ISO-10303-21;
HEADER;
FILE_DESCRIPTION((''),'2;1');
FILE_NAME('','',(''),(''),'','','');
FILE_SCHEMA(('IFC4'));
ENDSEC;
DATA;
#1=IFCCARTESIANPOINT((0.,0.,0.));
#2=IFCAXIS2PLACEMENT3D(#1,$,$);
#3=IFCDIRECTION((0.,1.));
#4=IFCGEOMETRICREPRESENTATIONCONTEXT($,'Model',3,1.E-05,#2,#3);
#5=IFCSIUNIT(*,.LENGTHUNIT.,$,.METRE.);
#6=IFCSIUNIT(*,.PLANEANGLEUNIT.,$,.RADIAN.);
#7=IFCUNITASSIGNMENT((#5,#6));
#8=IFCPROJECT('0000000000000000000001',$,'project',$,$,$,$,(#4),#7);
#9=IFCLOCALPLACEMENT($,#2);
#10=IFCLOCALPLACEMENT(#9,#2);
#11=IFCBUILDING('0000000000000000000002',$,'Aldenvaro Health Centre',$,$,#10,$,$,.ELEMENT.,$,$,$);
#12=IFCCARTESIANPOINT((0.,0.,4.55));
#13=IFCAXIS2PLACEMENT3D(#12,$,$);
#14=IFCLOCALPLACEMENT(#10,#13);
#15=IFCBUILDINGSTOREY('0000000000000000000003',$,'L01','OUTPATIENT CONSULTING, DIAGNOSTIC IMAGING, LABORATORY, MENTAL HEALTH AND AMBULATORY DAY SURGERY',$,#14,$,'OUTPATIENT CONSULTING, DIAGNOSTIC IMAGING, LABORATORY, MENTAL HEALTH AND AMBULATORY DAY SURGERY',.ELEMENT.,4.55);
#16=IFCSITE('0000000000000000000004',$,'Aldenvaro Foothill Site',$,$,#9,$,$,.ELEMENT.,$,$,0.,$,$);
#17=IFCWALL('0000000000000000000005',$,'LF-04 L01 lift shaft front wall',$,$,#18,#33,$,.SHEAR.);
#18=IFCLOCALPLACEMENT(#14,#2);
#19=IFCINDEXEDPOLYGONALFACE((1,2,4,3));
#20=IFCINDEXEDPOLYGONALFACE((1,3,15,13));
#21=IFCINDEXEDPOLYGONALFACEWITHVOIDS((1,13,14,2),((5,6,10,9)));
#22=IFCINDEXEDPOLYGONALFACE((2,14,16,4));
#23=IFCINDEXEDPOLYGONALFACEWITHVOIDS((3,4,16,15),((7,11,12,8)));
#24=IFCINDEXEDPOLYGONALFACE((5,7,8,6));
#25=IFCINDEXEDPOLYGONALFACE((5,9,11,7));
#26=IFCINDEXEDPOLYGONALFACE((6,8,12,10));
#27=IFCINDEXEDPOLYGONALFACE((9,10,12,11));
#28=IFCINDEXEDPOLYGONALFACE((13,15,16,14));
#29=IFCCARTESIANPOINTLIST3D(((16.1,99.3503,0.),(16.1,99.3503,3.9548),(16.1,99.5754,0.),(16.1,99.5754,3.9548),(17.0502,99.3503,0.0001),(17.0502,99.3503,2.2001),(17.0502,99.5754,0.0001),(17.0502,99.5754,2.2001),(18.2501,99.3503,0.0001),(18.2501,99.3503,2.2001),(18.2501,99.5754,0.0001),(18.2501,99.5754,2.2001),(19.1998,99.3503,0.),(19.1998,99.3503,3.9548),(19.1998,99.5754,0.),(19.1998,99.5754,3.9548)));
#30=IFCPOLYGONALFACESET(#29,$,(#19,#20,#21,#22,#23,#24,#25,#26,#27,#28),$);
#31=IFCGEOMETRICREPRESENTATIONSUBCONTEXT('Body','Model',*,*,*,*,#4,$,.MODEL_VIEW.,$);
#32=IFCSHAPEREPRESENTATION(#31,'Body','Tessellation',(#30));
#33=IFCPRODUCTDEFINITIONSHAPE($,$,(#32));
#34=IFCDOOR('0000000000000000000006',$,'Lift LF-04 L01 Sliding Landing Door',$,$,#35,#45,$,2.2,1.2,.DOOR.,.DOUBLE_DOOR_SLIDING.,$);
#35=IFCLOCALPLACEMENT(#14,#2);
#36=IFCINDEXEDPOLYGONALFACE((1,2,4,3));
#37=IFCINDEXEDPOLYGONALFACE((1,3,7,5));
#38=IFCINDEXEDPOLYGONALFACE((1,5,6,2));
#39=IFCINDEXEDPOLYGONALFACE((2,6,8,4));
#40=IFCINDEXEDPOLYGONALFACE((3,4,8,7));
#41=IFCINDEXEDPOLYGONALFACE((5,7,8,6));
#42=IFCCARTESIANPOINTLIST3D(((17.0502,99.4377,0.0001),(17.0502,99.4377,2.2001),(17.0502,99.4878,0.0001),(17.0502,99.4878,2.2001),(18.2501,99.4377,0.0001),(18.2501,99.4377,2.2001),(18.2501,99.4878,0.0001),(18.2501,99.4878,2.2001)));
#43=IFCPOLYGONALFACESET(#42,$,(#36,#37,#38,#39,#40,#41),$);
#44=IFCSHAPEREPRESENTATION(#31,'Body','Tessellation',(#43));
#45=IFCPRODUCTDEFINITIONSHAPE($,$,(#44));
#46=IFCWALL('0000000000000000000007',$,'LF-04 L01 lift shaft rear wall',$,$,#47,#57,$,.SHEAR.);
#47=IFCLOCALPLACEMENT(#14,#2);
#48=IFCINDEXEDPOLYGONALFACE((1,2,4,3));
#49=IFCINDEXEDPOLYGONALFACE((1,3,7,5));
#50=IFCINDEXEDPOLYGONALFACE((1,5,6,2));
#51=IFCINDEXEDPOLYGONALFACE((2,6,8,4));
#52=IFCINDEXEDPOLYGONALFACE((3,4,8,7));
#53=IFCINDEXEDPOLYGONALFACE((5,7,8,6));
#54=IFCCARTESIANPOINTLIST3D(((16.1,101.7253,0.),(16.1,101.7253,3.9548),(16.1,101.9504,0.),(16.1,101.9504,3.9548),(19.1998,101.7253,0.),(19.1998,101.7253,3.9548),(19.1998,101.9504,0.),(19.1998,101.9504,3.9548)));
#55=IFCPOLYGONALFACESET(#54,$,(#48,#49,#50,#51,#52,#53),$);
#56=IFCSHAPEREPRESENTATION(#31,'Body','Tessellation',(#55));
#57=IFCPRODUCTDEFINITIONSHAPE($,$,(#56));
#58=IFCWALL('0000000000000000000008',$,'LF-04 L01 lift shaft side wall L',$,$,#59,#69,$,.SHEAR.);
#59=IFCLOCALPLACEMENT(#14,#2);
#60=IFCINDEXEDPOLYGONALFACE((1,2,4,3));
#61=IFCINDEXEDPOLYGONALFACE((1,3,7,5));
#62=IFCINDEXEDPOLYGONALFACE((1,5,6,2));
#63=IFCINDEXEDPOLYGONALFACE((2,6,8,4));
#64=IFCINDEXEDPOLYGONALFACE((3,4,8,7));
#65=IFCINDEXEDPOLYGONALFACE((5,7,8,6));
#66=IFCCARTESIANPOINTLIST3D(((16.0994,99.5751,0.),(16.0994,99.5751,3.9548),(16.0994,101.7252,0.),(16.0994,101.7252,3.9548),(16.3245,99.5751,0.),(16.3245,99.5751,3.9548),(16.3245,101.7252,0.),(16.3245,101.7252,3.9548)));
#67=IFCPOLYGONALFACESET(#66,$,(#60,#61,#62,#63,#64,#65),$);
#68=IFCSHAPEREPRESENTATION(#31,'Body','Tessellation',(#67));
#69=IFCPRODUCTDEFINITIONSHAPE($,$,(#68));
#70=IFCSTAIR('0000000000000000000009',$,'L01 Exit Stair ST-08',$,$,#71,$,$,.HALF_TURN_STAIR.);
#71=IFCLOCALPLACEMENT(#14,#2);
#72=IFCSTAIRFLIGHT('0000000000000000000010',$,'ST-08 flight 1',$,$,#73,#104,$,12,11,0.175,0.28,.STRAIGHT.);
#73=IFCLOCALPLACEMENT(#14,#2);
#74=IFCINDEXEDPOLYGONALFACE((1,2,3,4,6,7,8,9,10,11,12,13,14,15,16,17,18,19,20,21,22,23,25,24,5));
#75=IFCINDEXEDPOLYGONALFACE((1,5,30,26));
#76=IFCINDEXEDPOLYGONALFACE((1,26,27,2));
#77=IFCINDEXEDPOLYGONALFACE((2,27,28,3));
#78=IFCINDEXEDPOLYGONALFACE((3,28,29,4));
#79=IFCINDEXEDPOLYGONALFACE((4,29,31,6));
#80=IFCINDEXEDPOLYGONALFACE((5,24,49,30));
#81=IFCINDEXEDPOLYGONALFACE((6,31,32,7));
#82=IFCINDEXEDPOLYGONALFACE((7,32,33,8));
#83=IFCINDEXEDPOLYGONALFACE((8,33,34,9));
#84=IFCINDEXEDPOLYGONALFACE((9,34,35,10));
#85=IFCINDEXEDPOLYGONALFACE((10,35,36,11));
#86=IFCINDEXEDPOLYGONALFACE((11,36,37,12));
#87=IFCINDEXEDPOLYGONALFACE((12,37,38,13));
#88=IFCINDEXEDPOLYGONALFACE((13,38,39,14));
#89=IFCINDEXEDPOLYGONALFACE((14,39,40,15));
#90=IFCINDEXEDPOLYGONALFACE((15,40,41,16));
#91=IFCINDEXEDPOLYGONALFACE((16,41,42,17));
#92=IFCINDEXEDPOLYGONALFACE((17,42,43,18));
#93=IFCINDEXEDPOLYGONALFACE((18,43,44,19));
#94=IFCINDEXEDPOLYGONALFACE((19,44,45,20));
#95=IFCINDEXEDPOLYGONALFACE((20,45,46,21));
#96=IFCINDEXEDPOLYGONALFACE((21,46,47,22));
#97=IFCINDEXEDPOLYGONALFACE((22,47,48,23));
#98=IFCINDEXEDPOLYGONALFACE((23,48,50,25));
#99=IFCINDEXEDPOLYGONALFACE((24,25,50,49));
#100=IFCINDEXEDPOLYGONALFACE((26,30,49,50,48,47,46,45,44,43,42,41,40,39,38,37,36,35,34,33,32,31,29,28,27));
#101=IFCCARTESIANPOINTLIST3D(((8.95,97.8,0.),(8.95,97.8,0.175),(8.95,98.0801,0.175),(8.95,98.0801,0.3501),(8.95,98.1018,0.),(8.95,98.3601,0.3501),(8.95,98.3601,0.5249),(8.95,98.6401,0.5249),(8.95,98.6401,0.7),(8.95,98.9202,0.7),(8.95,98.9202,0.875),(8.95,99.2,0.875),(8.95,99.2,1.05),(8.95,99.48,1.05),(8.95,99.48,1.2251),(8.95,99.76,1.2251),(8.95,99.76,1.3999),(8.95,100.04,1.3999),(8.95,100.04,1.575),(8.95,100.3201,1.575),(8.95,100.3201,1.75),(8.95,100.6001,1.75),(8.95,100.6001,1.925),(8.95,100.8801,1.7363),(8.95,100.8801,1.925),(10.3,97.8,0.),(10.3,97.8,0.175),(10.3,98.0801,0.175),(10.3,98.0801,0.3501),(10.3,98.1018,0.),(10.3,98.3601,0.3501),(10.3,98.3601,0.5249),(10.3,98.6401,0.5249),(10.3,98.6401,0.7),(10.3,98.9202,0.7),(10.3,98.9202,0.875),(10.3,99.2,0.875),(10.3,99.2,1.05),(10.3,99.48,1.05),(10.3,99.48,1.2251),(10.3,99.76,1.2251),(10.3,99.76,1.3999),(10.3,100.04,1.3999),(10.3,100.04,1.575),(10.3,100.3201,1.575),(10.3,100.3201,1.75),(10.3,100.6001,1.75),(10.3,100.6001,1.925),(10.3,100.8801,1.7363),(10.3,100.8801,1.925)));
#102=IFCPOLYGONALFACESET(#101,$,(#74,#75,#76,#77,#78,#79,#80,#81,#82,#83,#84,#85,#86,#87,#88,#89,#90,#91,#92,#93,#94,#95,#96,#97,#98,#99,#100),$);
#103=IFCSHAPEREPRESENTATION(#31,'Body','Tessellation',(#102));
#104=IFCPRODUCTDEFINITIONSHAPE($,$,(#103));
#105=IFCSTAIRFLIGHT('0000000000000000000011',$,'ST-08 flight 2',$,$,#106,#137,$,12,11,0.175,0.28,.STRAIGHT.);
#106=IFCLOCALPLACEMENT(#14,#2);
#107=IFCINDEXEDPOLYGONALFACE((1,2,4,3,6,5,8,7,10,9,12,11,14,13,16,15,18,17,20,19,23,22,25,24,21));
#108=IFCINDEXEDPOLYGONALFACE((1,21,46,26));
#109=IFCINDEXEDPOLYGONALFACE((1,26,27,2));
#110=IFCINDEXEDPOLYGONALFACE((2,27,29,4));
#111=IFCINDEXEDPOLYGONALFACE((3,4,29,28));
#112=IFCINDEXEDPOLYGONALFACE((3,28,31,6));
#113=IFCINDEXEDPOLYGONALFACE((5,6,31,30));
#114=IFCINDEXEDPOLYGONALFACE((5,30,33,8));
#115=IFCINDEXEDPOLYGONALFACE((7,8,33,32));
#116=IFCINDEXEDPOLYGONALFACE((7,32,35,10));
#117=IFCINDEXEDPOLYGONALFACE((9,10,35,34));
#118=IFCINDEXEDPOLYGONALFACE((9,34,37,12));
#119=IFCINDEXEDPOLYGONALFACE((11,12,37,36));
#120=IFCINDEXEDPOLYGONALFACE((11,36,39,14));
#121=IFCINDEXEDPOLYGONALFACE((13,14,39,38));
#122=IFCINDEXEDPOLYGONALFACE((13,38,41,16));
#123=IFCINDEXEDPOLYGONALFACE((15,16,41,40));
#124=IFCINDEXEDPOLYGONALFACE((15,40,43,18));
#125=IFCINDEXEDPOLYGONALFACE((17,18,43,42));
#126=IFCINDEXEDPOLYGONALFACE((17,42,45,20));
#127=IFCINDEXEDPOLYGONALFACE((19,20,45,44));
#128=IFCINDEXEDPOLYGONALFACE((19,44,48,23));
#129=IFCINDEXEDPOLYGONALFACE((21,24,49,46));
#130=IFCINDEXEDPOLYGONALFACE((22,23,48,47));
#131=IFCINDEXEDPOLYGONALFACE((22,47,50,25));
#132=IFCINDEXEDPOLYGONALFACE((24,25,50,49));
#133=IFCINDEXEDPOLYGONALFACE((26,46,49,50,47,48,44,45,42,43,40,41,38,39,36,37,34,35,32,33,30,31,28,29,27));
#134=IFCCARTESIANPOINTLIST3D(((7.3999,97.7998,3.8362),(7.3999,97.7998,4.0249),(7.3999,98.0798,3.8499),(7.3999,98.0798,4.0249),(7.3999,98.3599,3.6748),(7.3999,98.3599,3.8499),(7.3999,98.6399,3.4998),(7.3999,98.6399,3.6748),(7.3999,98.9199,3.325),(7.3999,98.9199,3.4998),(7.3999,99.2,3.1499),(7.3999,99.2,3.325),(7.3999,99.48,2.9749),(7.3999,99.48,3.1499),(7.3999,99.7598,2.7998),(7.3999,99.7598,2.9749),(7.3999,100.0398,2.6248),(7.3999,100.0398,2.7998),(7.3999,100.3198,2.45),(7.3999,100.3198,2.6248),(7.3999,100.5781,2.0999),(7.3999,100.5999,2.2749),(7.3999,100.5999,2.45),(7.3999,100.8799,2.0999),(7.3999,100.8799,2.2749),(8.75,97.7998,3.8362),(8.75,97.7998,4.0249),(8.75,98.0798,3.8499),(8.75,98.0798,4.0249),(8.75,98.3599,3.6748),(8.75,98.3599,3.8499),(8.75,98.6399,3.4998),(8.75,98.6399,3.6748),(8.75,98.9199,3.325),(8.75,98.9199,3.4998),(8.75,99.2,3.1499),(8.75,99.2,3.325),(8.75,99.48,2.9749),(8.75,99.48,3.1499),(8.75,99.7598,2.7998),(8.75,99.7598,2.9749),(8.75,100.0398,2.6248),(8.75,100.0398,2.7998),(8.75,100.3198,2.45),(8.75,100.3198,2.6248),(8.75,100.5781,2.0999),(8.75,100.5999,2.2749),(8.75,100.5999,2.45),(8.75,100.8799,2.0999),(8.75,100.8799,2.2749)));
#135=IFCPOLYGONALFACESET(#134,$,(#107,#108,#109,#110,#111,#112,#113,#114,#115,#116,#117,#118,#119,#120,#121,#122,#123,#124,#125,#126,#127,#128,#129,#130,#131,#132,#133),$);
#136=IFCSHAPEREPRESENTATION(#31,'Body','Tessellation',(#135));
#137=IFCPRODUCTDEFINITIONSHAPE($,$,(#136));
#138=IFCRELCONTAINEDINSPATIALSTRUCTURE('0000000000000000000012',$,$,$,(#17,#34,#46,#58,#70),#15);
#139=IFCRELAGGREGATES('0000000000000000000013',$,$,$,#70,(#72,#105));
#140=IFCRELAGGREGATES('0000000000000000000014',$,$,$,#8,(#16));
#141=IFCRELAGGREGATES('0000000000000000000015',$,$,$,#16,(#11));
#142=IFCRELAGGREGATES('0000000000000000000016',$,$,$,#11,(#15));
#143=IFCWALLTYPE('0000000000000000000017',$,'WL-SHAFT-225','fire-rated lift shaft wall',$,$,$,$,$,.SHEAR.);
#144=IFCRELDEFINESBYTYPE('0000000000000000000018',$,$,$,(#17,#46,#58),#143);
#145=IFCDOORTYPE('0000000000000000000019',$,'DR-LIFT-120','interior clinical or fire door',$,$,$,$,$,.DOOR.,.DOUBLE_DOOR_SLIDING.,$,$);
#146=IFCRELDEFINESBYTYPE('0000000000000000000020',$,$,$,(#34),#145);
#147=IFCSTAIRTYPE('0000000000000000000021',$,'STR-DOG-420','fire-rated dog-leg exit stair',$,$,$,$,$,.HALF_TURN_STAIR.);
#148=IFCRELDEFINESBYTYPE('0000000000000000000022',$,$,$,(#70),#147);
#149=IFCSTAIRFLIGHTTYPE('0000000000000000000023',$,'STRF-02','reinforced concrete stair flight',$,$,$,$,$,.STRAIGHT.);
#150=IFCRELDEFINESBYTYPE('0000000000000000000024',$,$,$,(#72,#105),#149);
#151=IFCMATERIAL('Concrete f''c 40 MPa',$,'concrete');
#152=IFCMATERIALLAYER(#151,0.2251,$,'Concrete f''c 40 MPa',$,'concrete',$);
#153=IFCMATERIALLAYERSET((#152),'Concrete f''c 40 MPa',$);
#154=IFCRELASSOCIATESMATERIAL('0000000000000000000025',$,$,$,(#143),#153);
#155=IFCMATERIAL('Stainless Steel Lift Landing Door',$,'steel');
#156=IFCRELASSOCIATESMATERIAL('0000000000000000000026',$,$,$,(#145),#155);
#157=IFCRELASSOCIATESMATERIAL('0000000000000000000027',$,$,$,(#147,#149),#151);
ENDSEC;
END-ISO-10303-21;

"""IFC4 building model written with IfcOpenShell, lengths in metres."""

from ifc_helpers import new_model, si_unit, direction, frame, frame_2d, origin, place, context, subcontext, project, spatial, polyline, rectangle, outline, extrude, material, layer, layer_set, type_object, element, fill, aggregate, save


model = new_model("IFC4")

# Units and contexts
model_context = context("Model", 3, precision=1e-05, world=origin(), true_north=direction((0.0, 1.0)))
body_context = subcontext(model_context, "Body", "Model", "MODEL_VIEW")
ifc_project = project(units=[si_unit("LENGTHUNIT", "METRE"), si_unit("PLANEANGLEUNIT", "RADIAN")], contexts=[model_context])

# Site, building, storey
site_placement = place(None, origin())
site = spatial("IfcSite", under=ifc_project, at=site_placement, Name="Aldenvaro Foothill Site", CompositionType="ELEMENT", RefElevation=0.0)
building_placement = place(site_placement, origin())
building = spatial("IfcBuilding", under=site, at=building_placement, Name="Aldenvaro Health Centre", CompositionType="ELEMENT")
storey_placement = place(building_placement, frame((0.0, 0.0, 4.55)))
storey = spatial("IfcBuildingStorey", under=building, at=storey_placement, Name="L01", Description="OUTPATIENT CONSULTING, DIAGNOSTIC IMAGING, LABORATORY, MENTAL HEALTH AND AMBULATORY DAY SURGERY", LongName="OUTPATIENT CONSULTING, DIAGNOSTIC IMAGING, LABORATORY, MENTAL HEALTH AND AMBULATORY DAY SURGERY", CompositionType="ELEMENT", Elevation=4.55)

# Shared definitions
ifc_material_1 = material(Name="Concrete f'c 40 MPa", Category="concrete")

# Wall, opening, door
ifc_layer_1 = layer(ifc_material_1, 0.2251, Name="Concrete f'c 40 MPa", Category="concrete")
ifc_layer_set_1 = layer_set([ifc_layer_1], Name="Concrete f'c 40 MPa")
wall_type_1 = type_object("IfcWallType", Name="WL-SHAFT-225", Description="fire-rated lift shaft wall", PredefinedType="SHEAR", material=ifc_layer_set_1)
wall_1_placement = place(storey_placement, frame((16.1001, 99.4629, 0.0), z_axis=(0.0, 0.0, 1.0), x_axis=(1.0, 0.0, 0.0)))
wall_1 = element("IfcWall", 1, at=wall_1_placement, inside=storey, type_object=wall_type_1, Name="LF-04 L01 lift shaft front wall", PredefinedType="SHEAR", context=body_context, shape_type="SweptSolid", body=[
    extrude(rectangle(XDim=3.0999, YDim=0.2251, at=frame_2d((1.5498, 0.0))), origin(), (0.0, 0.0, 1.0), 3.9548),
])
opening_1_placement = place(wall_1_placement, frame((0.95, 0.0, 0.0)))
opening_1 = element("IfcOpeningElement", 2, at=opening_1_placement, cuts=wall_1, PredefinedType="OPENING", context=body_context, shape_type="SweptSolid", body=[
    extrude(rectangle(XDim=1.2, YDim=2.2, at=frame_2d((0.6001, 1.1001))), frame((0.0, 0.1226, 0.0), z_axis=(0.0, -1.0, 0.0), x_axis=(1.0, 0.0, 0.0)), (0.0, 0.0, 1.0), 0.2451),
])
ifc_material_2 = material(Name="Stainless Steel Lift Landing Door", Category="steel")
door_type_1 = type_object("IfcDoorType", Name="DR-LIFT-120", Description="interior clinical or fire door", OperationType="DOUBLE_DOOR_SLIDING", PredefinedType="DOOR", material=ifc_material_2)
door_1_placement = place(opening_1_placement, origin())
door_1 = element("IfcDoor", 3, at=door_1_placement, inside=storey, type_object=door_type_1, Name="Lift LF-04 L01 Sliding Landing Door", OperationType="DOUBLE_DOOR_SLIDING", OverallHeight=2.2, OverallWidth=1.2, PredefinedType="DOOR", context=body_context, shape_type="SweptSolid", body=[
    extrude(rectangle(XDim=1.2, YDim=2.2, at=frame_2d((0.6001, 1.1001))), frame((0.0, 0.0249, 0.0), z_axis=(0.0, -1.0, 0.0), x_axis=(1.0, 0.0, 0.0)), (0.0, 0.0, 1.0), 0.05),
])
fill(opening_1, door_1)

# Walls
wall_2_placement = place(storey_placement, frame((16.1001, 101.8379, 0.0), z_axis=(0.0, 0.0, 1.0), x_axis=(1.0, 0.0, 0.0)))
element("IfcWall", 4, at=wall_2_placement, inside=storey, type_object=wall_type_1, Name="LF-04 L01 lift shaft rear wall", PredefinedType="SHEAR", context=body_context, shape_type="SweptSolid", body=[
    extrude(rectangle(XDim=3.0999, YDim=0.2251, at=frame_2d((1.5498, 0.0))), origin(), (0.0, 0.0, 1.0), 3.9548),
])
wall_3_placement = place(storey_placement, frame((16.2119, 99.575, 0.0), z_axis=(0.0, 0.0, 1.0), x_axis=(0.0, 1.0, 0.0)))
element("IfcWall", 5, at=wall_3_placement, inside=storey, type_object=wall_type_1, Name="LF-04 L01 lift shaft side wall L", PredefinedType="SHEAR", context=body_context, shape_type="SweptSolid", body=[
    extrude(rectangle(XDim=2.1501, YDim=0.2251, at=frame_2d((1.0752, 0.0))), origin(), (0.0, 0.0, 1.0), 3.9548),
])

# Stair, stair flights
stair_type = type_object("IfcStairType", Name="STR-DOG-420", Description="fire-rated dog-leg exit stair", PredefinedType="HALF_TURN_STAIR", material=ifc_material_1)
stair_placement = place(storey_placement, origin())
stair = element("IfcStair", 6, at=stair_placement, inside=storey, type_object=stair_type, Name="L01 Exit Stair ST-08", PredefinedType="HALF_TURN_STAIR")
stair_flight_type = type_object("IfcStairFlightType", Name="STRF-02", Description="reinforced concrete stair flight", PredefinedType="STRAIGHT", material=ifc_material_1)
stair_flight_1_placement = place(storey_placement, frame((9.625, 97.8, 0.0), z_axis=(0.0, 0.0, 1.0), x_axis=(0.0, 1.0, 0.0)))
stair_flight_1 = element("IfcStairFlight", 7, at=stair_flight_1_placement, type_object=stair_flight_type, Name="ST-08 flight 1", NumberOfRisers=12, NumberOfTreads=11, PredefinedType="STRAIGHT", RiserHeight=0.175, TreadLength=0.28, context=body_context, shape_type="SweptSolid", body=[
    extrude(outline(polyline([(0.0, 0.0), (0.0, 0.175), (0.28, 0.175), (0.28, 0.3501), (0.5601, 0.3501), (0.5601, 0.5249), (0.8401, 0.5249), (0.8401, 0.7), (1.1201, 0.7), (1.1201, 0.875), (1.3999, 0.875), (1.3999, 1.05), (1.6799, 1.05), (1.6799, 1.2251), (1.96, 1.2251), (1.96, 1.3999), (2.24, 1.3999), (2.24, 1.575), (2.52, 1.575), (2.52, 1.75), (2.8, 1.75), (2.8, 1.925), (3.0801, 1.925), (3.0801, 2.1001), (3.0801, 1.7363), (0.3018, 0.0), (0.0, 0.0)])), frame((0.0, 0.675, 0.0), z_axis=(0.0, -1.0, 0.0), x_axis=(1.0, 0.0, 0.0)), (0.0, 0.0, 1.0), 1.3501),
])
stair_flight_2_placement = place(storey_placement, frame((8.075, 100.8799, 2.0999), z_axis=(0.0, 0.0, 1.0), x_axis=(0.0, -1.0, 0.0)))
stair_flight_2 = element("IfcStairFlight", 8, at=stair_flight_2_placement, type_object=stair_flight_type, Name="ST-08 flight 2", NumberOfRisers=12, NumberOfTreads=11, PredefinedType="STRAIGHT", RiserHeight=0.175, TreadLength=0.28, context=body_context, shape_type="SweptSolid", body=[
    extrude(outline(polyline([(0.0, 0.0), (0.0, 0.175), (0.28, 0.175), (0.28, 0.3501), (0.5601, 0.3501), (0.5601, 0.5249), (0.8401, 0.5249), (0.8401, 0.7), (1.1201, 0.7), (1.1201, 0.875), (1.3999, 0.875), (1.3999, 1.05), (1.6799, 1.05), (1.6799, 1.2251), (1.96, 1.2251), (1.96, 1.3999), (2.24, 1.3999), (2.24, 1.575), (2.52, 1.575), (2.52, 1.75), (2.8, 1.75), (2.8, 1.925), (3.0801, 1.925), (3.0801, 2.1001), (3.0801, 1.7363), (0.3018, 0.0), (0.0, 0.0)])), frame((0.0, 0.675, 0.0), z_axis=(0.0, -1.0, 0.0), x_axis=(1.0, 0.0, 0.0)), (0.0, 0.0, 1.0), 1.3501),
])
aggregate(stair, [stair_flight_1, stair_flight_2])

save(model, "model.ifc")
